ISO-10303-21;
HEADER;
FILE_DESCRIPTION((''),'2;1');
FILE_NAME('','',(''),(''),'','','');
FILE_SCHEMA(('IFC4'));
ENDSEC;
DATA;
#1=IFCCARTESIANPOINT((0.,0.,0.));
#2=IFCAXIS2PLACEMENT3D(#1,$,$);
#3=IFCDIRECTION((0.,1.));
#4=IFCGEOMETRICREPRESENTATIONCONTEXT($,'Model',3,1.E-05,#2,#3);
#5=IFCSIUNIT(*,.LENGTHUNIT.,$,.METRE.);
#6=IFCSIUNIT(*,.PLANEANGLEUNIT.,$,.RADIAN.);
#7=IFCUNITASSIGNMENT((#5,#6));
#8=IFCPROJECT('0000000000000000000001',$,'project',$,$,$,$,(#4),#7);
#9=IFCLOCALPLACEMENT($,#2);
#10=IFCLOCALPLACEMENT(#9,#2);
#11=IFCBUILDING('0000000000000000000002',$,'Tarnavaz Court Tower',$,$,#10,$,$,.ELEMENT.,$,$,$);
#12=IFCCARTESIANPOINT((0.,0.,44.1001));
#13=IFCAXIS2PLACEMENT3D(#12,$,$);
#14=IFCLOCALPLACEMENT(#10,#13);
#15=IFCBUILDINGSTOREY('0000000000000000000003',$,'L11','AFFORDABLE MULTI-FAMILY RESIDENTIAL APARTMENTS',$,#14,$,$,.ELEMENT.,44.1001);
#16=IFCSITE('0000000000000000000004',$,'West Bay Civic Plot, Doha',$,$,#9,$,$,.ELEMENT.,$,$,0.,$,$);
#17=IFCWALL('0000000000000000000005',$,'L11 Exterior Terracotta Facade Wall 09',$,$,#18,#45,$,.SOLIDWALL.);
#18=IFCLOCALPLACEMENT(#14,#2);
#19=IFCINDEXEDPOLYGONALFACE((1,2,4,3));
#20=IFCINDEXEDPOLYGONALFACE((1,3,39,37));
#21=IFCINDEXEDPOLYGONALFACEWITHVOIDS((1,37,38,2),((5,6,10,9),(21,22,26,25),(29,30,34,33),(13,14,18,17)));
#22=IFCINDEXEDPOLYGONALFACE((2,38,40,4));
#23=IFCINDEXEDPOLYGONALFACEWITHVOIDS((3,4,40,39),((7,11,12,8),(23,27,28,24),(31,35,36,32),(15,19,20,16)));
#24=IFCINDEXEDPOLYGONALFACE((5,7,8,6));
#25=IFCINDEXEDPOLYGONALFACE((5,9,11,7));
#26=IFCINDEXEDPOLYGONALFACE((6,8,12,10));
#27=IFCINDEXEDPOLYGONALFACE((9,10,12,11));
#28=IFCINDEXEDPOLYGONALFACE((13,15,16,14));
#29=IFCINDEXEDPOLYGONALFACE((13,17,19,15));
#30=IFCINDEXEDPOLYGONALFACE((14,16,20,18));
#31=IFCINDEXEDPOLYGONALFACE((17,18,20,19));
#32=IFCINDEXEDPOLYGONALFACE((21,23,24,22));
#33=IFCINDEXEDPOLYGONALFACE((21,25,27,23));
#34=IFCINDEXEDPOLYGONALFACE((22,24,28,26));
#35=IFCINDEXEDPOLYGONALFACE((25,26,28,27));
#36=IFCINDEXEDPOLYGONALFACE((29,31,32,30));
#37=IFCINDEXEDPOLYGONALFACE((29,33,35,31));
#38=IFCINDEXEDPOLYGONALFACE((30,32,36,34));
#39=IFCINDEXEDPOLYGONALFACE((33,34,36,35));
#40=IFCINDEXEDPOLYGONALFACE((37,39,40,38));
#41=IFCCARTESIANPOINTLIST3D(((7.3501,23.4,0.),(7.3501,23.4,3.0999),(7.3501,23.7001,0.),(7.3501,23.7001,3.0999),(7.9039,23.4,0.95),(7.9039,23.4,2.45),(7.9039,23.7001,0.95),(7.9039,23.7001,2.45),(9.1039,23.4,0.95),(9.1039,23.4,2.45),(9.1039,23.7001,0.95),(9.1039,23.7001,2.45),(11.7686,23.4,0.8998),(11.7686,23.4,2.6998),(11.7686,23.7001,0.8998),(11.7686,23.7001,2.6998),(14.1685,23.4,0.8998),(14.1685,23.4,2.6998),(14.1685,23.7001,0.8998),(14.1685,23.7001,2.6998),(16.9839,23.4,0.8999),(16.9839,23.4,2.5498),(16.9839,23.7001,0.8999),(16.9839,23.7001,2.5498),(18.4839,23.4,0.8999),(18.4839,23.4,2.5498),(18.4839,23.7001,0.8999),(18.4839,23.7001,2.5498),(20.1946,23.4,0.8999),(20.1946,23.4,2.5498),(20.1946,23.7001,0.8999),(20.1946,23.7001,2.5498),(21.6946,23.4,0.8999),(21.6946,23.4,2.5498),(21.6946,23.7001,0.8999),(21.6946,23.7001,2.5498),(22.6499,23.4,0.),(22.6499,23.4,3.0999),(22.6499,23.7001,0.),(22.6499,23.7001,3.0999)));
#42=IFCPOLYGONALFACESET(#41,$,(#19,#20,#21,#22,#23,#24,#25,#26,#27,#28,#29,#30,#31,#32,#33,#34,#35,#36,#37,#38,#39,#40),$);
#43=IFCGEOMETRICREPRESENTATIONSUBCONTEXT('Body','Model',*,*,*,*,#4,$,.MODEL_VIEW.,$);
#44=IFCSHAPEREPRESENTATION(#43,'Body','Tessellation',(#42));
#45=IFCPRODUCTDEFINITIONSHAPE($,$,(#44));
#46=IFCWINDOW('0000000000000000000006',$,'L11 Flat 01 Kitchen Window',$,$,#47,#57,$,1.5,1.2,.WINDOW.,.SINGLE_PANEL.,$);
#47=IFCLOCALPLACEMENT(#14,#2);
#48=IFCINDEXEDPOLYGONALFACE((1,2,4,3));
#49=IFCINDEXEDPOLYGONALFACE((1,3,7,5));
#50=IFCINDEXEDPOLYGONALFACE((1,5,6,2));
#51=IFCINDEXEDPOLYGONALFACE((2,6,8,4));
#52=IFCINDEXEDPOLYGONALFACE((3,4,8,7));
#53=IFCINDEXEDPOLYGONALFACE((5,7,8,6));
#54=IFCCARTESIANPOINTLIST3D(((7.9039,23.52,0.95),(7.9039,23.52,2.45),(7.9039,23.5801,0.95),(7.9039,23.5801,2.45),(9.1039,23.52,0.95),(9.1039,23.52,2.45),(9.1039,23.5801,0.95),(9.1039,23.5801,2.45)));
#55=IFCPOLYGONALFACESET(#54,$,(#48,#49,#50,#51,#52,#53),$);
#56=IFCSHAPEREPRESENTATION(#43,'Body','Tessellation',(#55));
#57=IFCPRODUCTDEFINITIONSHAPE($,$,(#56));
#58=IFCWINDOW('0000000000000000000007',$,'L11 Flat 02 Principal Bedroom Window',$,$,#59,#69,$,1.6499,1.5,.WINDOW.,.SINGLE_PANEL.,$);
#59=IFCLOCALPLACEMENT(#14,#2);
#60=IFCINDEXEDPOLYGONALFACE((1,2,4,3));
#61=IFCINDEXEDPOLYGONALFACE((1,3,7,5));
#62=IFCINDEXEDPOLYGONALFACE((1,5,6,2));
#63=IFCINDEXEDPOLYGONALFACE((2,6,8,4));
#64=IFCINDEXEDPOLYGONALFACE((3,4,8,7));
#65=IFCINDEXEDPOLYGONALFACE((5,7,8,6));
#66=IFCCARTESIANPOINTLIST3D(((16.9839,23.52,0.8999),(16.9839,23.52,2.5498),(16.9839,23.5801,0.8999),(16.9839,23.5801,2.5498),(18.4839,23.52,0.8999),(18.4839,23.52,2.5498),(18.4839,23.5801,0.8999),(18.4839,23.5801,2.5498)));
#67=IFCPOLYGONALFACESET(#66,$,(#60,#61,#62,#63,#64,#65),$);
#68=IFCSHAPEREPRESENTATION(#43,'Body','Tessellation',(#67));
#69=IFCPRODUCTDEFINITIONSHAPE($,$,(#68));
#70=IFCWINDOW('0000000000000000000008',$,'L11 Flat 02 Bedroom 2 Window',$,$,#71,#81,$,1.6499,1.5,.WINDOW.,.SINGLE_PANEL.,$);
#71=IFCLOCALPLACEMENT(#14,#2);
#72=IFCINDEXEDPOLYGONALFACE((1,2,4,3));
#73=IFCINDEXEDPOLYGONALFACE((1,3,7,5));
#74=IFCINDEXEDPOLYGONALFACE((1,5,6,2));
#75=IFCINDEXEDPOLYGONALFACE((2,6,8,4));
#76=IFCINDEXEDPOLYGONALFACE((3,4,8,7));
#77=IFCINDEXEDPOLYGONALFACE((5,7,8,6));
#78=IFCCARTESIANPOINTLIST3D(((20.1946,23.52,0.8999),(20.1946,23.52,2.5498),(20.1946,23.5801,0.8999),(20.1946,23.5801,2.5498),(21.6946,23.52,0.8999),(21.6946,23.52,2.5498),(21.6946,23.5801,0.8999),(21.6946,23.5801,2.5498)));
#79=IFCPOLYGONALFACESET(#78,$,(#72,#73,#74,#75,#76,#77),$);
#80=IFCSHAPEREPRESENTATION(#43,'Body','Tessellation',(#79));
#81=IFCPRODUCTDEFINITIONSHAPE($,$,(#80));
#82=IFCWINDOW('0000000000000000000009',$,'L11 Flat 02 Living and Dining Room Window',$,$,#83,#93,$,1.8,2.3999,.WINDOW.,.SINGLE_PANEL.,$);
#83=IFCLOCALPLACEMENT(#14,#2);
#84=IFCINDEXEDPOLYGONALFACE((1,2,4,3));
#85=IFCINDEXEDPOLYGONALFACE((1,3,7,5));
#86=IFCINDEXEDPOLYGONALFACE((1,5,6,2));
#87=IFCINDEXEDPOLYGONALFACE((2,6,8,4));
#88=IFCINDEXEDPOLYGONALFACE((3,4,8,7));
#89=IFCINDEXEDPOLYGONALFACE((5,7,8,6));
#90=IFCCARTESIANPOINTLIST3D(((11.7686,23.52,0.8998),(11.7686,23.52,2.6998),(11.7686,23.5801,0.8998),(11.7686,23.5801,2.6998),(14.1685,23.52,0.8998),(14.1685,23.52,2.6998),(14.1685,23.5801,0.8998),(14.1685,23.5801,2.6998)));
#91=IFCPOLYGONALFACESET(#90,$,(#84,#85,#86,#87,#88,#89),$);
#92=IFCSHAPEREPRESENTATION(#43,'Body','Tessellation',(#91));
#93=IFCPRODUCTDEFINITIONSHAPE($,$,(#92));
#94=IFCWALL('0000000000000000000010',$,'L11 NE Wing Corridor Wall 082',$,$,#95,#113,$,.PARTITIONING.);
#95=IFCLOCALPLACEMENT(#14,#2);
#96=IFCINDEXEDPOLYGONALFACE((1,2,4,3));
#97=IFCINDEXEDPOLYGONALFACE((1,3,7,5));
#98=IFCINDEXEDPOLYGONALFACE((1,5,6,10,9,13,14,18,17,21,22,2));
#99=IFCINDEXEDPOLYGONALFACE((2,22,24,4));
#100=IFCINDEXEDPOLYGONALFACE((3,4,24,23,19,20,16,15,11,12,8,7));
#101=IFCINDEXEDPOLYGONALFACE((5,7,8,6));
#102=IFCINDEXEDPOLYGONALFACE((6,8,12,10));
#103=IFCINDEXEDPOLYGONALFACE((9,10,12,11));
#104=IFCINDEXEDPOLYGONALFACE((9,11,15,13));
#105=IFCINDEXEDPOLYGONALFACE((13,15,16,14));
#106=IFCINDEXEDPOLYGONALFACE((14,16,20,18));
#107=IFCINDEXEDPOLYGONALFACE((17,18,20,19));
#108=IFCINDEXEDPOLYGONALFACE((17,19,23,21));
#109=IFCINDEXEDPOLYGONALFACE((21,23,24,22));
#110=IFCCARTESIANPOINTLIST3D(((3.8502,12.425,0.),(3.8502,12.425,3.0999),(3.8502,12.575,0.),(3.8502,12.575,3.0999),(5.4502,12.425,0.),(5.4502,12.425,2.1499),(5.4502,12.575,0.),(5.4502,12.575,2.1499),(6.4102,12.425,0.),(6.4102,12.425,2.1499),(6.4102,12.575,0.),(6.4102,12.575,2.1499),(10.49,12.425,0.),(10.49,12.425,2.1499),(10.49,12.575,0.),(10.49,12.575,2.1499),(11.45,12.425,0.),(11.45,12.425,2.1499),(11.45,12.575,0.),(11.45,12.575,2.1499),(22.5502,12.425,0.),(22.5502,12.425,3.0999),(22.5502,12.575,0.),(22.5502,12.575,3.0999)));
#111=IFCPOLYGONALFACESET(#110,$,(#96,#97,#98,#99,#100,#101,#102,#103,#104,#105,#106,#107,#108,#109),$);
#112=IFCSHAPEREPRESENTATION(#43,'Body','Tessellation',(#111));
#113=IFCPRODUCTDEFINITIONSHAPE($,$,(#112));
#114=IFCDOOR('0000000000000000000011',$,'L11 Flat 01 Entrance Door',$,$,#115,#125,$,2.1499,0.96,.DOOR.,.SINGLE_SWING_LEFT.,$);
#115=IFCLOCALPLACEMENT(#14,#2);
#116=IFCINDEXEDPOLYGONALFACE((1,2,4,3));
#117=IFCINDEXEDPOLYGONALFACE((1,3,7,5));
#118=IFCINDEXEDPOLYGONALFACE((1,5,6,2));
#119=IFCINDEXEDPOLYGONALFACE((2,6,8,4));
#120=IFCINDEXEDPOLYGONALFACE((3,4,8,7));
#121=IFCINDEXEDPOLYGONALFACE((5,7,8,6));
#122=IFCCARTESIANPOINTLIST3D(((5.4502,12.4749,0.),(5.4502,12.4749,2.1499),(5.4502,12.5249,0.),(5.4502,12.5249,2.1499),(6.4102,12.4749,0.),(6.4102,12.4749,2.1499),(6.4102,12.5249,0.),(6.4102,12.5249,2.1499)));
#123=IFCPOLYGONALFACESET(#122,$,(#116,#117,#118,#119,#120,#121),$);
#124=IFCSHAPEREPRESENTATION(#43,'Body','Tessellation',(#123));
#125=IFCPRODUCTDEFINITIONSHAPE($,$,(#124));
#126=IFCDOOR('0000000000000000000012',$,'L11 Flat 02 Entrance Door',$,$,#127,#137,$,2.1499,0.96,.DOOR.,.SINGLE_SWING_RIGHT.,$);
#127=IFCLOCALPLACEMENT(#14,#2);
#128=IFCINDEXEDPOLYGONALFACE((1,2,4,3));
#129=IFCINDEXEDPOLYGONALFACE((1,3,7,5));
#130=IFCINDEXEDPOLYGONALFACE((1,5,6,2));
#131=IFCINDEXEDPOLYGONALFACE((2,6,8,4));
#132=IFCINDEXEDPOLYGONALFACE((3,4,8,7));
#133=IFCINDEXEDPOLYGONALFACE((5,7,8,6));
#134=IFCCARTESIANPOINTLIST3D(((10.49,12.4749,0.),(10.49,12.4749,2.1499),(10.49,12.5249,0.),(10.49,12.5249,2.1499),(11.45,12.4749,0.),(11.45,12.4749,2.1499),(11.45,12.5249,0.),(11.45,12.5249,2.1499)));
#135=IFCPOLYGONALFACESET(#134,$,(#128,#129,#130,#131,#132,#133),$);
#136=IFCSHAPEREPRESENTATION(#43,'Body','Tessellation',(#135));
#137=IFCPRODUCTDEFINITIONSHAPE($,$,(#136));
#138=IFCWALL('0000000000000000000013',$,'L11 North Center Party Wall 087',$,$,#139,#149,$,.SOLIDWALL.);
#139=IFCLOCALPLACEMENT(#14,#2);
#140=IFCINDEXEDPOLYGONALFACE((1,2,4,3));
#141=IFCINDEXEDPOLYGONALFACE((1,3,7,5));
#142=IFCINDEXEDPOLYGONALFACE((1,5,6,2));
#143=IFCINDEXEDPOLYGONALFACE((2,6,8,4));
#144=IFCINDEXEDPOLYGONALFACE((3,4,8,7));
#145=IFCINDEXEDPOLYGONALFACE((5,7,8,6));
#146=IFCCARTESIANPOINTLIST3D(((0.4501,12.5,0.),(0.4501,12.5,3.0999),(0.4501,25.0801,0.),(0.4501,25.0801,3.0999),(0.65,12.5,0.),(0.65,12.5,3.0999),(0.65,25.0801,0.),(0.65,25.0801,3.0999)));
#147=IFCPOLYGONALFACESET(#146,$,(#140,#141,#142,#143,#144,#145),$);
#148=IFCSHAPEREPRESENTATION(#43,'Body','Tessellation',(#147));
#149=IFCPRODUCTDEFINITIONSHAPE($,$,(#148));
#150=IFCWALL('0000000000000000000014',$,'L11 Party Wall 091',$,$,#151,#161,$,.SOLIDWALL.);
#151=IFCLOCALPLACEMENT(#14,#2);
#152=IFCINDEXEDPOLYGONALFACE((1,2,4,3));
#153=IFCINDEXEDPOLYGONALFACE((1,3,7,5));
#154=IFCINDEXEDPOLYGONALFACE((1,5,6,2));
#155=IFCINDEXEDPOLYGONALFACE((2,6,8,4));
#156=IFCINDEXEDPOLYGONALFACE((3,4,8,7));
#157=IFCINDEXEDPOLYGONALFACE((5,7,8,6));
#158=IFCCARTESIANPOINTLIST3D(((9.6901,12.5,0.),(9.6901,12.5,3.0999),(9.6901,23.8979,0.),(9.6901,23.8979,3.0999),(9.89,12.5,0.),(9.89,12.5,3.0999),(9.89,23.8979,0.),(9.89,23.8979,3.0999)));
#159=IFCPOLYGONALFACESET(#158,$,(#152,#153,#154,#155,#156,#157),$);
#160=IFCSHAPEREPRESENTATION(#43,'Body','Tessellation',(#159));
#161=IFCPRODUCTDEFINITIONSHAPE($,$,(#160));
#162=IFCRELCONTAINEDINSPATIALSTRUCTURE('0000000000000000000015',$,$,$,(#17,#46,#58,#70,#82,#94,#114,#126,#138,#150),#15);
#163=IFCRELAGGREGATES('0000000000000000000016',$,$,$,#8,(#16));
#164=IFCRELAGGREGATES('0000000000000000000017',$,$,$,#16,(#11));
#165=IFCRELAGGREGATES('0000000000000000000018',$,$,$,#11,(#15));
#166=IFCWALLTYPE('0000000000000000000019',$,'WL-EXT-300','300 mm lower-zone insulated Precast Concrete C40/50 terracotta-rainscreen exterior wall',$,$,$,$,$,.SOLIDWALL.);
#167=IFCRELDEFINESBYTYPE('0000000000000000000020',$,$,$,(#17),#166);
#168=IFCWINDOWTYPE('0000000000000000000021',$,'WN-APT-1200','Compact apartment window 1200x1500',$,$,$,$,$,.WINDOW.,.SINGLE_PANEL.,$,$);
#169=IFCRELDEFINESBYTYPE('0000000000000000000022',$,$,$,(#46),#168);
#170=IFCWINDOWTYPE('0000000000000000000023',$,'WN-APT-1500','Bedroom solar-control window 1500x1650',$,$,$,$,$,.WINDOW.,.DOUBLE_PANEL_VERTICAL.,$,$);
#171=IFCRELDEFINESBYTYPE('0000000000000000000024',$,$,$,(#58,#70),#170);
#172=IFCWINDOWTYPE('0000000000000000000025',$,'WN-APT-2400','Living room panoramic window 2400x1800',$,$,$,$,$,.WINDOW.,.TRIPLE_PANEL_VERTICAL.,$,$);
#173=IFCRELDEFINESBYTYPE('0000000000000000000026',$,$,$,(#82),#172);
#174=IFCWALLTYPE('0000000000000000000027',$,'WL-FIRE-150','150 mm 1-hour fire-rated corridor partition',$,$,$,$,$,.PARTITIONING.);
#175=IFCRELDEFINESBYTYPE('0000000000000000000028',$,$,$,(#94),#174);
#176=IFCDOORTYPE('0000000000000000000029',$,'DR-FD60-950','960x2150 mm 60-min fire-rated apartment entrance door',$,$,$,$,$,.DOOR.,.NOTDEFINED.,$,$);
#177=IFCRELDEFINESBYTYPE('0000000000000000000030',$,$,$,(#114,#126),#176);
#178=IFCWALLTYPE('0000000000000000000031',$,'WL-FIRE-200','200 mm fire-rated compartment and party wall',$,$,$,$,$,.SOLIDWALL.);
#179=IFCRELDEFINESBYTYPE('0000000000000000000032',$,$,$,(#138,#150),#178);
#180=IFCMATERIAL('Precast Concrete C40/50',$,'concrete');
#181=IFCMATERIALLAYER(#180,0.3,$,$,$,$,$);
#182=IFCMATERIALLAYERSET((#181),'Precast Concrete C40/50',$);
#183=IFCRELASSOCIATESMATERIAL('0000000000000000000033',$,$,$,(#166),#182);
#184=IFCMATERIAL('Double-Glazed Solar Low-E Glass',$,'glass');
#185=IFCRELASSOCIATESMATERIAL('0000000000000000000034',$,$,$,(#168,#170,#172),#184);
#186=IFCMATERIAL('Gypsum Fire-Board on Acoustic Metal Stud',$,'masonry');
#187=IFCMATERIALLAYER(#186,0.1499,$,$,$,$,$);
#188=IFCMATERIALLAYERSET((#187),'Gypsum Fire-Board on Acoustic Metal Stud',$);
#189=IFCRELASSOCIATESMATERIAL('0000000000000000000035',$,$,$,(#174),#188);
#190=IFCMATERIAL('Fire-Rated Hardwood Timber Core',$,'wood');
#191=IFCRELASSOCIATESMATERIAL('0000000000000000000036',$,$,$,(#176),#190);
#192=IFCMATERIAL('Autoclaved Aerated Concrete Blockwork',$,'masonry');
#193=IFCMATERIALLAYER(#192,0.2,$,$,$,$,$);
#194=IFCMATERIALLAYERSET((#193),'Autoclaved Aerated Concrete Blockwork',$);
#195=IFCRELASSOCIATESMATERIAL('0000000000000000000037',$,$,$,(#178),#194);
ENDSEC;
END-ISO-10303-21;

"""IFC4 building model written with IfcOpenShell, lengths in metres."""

from ifc_helpers import new_model, si_unit, direction, frame, frame_2d, origin, place, context, subcontext, project, spatial, rectangle, extrude, material, layer, layer_set, type_object, element, fill, save


model = new_model("IFC4")

# Units and contexts
model_context = context("Model", 3, precision=1e-05, world=origin(), true_north=direction((0.0, 1.0)))
body_context = subcontext(model_context, "Body", "Model", "MODEL_VIEW")
ifc_project = project(units=[si_unit("LENGTHUNIT", "METRE"), si_unit("PLANEANGLEUNIT", "RADIAN")], contexts=[model_context])

# Site, building, storey
site_placement = place(None, origin())
site = spatial("IfcSite", under=ifc_project, at=site_placement, Name="West Bay Civic Plot, Doha", CompositionType="ELEMENT", RefElevation=0.0)
building_placement = place(site_placement, origin())
building = spatial("IfcBuilding", under=site, at=building_placement, Name="Tarnavaz Court Tower", CompositionType="ELEMENT")
storey_placement = place(building_placement, frame((0.0, 0.0, 44.1001)))
storey = spatial("IfcBuildingStorey", under=building, at=storey_placement, Name="L11", Description="AFFORDABLE MULTI-FAMILY RESIDENTIAL APARTMENTS", CompositionType="ELEMENT", Elevation=44.1001)

# Shared definitions
ifc_material_1 = material(Name="Double-Glazed Solar Low-E Glass", Category="glass")

# Shared definitions
ifc_material_2 = material(Name="Precast Concrete C40/50", Category="concrete")
ifc_layer_1 = layer(ifc_material_2, 0.3)
ifc_layer_set_1 = layer_set([ifc_layer_1], Name="Precast Concrete C40/50")
wall_type_1 = type_object("IfcWallType", Name="WL-EXT-300", Description="300 mm lower-zone insulated Precast Concrete C40/50 terracotta-rainscreen exterior wall", PredefinedType="SOLIDWALL", material=ifc_layer_set_1)
window_type_1 = type_object("IfcWindowType", Name="WN-APT-1200", Description="Compact apartment window 1200x1500", PartitioningType="SINGLE_PANEL", PredefinedType="WINDOW", material=ifc_material_1)

# Wall, openings, windows
wall_1_placement = place(storey_placement, frame((7.3501, 23.55, 0.0), z_axis=(0.0, 0.0, 1.0), x_axis=(1.0, 0.0, 0.0)))
wall_1 = element("IfcWall", 1, at=wall_1_placement, inside=storey, type_object=wall_type_1, Name="L11 Exterior Terracotta Facade Wall 09", PredefinedType="SOLIDWALL", context=body_context, shape_type="SweptSolid", body=[
    extrude(rectangle(XDim=15.2998, YDim=0.3, at=frame_2d((7.6499, 0.0))), origin(), (0.0, 0.0, 1.0), 3.0999),
])
opening_1_placement = place(wall_1_placement, frame((0.5537, 0.0, 0.95)))
opening_1 = element("IfcOpeningElement", 2, at=opening_1_placement, cuts=wall_1, PredefinedType="OPENING", context=body_context, shape_type="SweptSolid", body=[
    extrude(rectangle(XDim=1.2, YDim=1.5, at=frame_2d((0.6001, 0.75))), frame((0.0, 0.1599, 0.0), z_axis=(0.0, -1.0, 0.0), x_axis=(1.0, 0.0, 0.0)), (0.0, 0.0, 1.0), 0.3201),
])
opening_2_placement = place(wall_1_placement, frame((4.4185, 0.0, 0.8999)))
opening_2 = element("IfcOpeningElement", 3, at=opening_2_placement, cuts=wall_1, PredefinedType="OPENING", context=body_context, shape_type="SweptSolid", body=[
    extrude(rectangle(XDim=2.3999, YDim=1.8, at=frame_2d((1.2, 0.8999))), frame((0.0, 0.1599, 0.0), z_axis=(0.0, -1.0, 0.0), x_axis=(1.0, 0.0, 0.0)), (0.0, 0.0, 1.0), 0.3201),
])
opening_3_placement = place(wall_1_placement, frame((9.6338, 0.0, 0.8999)))
opening_3 = element("IfcOpeningElement", 4, at=opening_3_placement, cuts=wall_1, PredefinedType="OPENING", context=body_context, shape_type="SweptSolid", body=[
    extrude(rectangle(XDim=1.5, YDim=1.6499, at=frame_2d((0.75, 0.825))), frame((0.0, 0.1599, 0.0), z_axis=(0.0, -1.0, 0.0), x_axis=(1.0, 0.0, 0.0)), (0.0, 0.0, 1.0), 0.3201),
])
opening_4_placement = place(wall_1_placement, frame((12.8445, 0.0, 0.8999)))
opening_4 = element("IfcOpeningElement", 5, at=opening_4_placement, cuts=wall_1, PredefinedType="OPENING", context=body_context, shape_type="SweptSolid", body=[
    extrude(rectangle(XDim=1.5, YDim=1.6499, at=frame_2d((0.75, 0.825))), frame((0.0, 0.1599, 0.0), z_axis=(0.0, -1.0, 0.0), x_axis=(1.0, 0.0, 0.0)), (0.0, 0.0, 1.0), 0.3201),
])
window_1_placement = place(opening_1_placement, origin())
window_1 = element("IfcWindow", 6, at=window_1_placement, inside=storey, type_object=window_type_1, Name="L11 Flat 01 Kitchen Window", OverallHeight=1.5, OverallWidth=1.2, PartitioningType="SINGLE_PANEL", PredefinedType="WINDOW", context=body_context, shape_type="SweptSolid", body=[
    extrude(rectangle(XDim=1.2, YDim=1.5, at=frame_2d((0.6001, 0.75))), frame((0.0, 0.03, 0.0), z_axis=(0.0, -1.0, 0.0), x_axis=(1.0, 0.0, 0.0)), (0.0, 0.0, 1.0), 0.0601),
])
fill(opening_1, window_1)
window_type_2 = type_object("IfcWindowType", Name="WN-APT-1500", Description="Bedroom solar-control window 1500x1650", PartitioningType="DOUBLE_PANEL_VERTICAL", PredefinedType="WINDOW", material=ifc_material_1)
window_2_placement = place(opening_3_placement, origin())
window_2 = element("IfcWindow", 7, at=window_2_placement, inside=storey, type_object=window_type_2, Name="L11 Flat 02 Principal Bedroom Window", OverallHeight=1.6499, OverallWidth=1.5, PartitioningType="SINGLE_PANEL", PredefinedType="WINDOW", context=body_context, shape_type="SweptSolid", body=[
    extrude(rectangle(XDim=1.5, YDim=1.6499, at=frame_2d((0.75, 0.825))), frame((0.0, 0.03, 0.0), z_axis=(0.0, -1.0, 0.0), x_axis=(1.0, 0.0, 0.0)), (0.0, 0.0, 1.0), 0.0601),
])
fill(opening_3, window_2)
window_3_placement = place(opening_4_placement, origin())
window_3 = element("IfcWindow", 8, at=window_3_placement, inside=storey, type_object=window_type_2, Name="L11 Flat 02 Bedroom 2 Window", OverallHeight=1.6499, OverallWidth=1.5, PartitioningType="SINGLE_PANEL", PredefinedType="WINDOW", context=body_context, shape_type="SweptSolid", body=[
    extrude(rectangle(XDim=1.5, YDim=1.6499, at=frame_2d((0.75, 0.825))), frame((0.0, 0.03, 0.0), z_axis=(0.0, -1.0, 0.0), x_axis=(1.0, 0.0, 0.0)), (0.0, 0.0, 1.0), 0.0601),
])
fill(opening_4, window_3)
window_type_3 = type_object("IfcWindowType", Name="WN-APT-2400", Description="Living room panoramic window 2400x1800", PartitioningType="TRIPLE_PANEL_VERTICAL", PredefinedType="WINDOW", material=ifc_material_1)
window_4_placement = place(opening_2_placement, origin())
window_4 = element("IfcWindow", 9, at=window_4_placement, inside=storey, type_object=window_type_3, Name="L11 Flat 02 Living and Dining Room Window", OverallHeight=1.8, OverallWidth=2.3999, PartitioningType="SINGLE_PANEL", PredefinedType="WINDOW", context=body_context, shape_type="SweptSolid", body=[
    extrude(rectangle(XDim=2.3999, YDim=1.8, at=frame_2d((1.2, 0.8999))), frame((0.0, 0.03, 0.0), z_axis=(0.0, -1.0, 0.0), x_axis=(1.0, 0.0, 0.0)), (0.0, 0.0, 1.0), 0.0601),
])
fill(opening_2, window_4)

# Wall, openings, doors
ifc_material_3 = material(Name="Gypsum Fire-Board on Acoustic Metal Stud", Category="masonry")
ifc_layer_2 = layer(ifc_material_3, 0.1499)
ifc_layer_set_2 = layer_set([ifc_layer_2], Name="Gypsum Fire-Board on Acoustic Metal Stud")
wall_type_2 = type_object("IfcWallType", Name="WL-FIRE-150", Description="150 mm 1-hour fire-rated corridor partition", PredefinedType="PARTITIONING", material=ifc_layer_set_2)
wall_2_placement = place(storey_placement, frame((3.8501, 12.5, 0.0), z_axis=(0.0, 0.0, 1.0), x_axis=(1.0, 0.0, 0.0)))
wall_2 = element("IfcWall", 10, at=wall_2_placement, inside=storey, type_object=wall_type_2, Name="L11 NE Wing Corridor Wall 082", PredefinedType="PARTITIONING", context=body_context, shape_type="SweptSolid", body=[
    extrude(rectangle(XDim=18.7, YDim=0.1499, at=frame_2d((9.3501, 0.0))), origin(), (0.0, 0.0, 1.0), 3.0999),
])
opening_5_placement = place(wall_2_placement, frame((1.6001, 0.0, 0.0)))
opening_5 = element("IfcOpeningElement", 11, at=opening_5_placement, cuts=wall_2, PredefinedType="OPENING", context=body_context, shape_type="SweptSolid", body=[
    extrude(rectangle(XDim=0.96, YDim=2.1499, at=frame_2d((0.48, 1.075))), frame((0.0, 0.085, 0.0), z_axis=(0.0, -1.0, 0.0), x_axis=(1.0, 0.0, 0.0)), (0.0, 0.0, 1.0), 0.1699),
])
opening_6_placement = place(wall_2_placement, frame((6.6399, 0.0, 0.0)))
opening_6 = element("IfcOpeningElement", 12, at=opening_6_placement, cuts=wall_2, PredefinedType="OPENING", context=body_context, shape_type="SweptSolid", body=[
    extrude(rectangle(XDim=0.96, YDim=2.1499, at=frame_2d((0.48, 1.075))), frame((0.0, 0.085, 0.0), z_axis=(0.0, -1.0, 0.0), x_axis=(1.0, 0.0, 0.0)), (0.0, 0.0, 1.0), 0.1699),
])
ifc_material_4 = material(Name="Fire-Rated Hardwood Timber Core", Category="wood")
door_type_1 = type_object("IfcDoorType", Name="DR-FD60-950", Description="960x2150 mm 60-min fire-rated apartment entrance door", OperationType="NOTDEFINED", PredefinedType="DOOR", material=ifc_material_4)
door_1_placement = place(opening_5_placement, origin())
door_1 = element("IfcDoor", 13, at=door_1_placement, inside=storey, type_object=door_type_1, Name="L11 Flat 01 Entrance Door", OperationType="SINGLE_SWING_LEFT", OverallHeight=2.1499, OverallWidth=0.96, PredefinedType="DOOR", context=body_context, shape_type="SweptSolid", body=[
    extrude(rectangle(XDim=0.96, YDim=2.1499, at=frame_2d((0.48, 1.075))), frame((0.0, 0.0249, 0.0), z_axis=(0.0, -1.0, 0.0), x_axis=(1.0, 0.0, 0.0)), (0.0, 0.0, 1.0), 0.05),
])
fill(opening_5, door_1)
door_2_placement = place(opening_6_placement, origin())
door_2 = element("IfcDoor", 14, at=door_2_placement, inside=storey, type_object=door_type_1, Name="L11 Flat 02 Entrance Door", OperationType="SINGLE_SWING_RIGHT", OverallHeight=2.1499, OverallWidth=0.96, PredefinedType="DOOR", context=body_context, shape_type="SweptSolid", body=[
    extrude(rectangle(XDim=0.96, YDim=2.1499, at=frame_2d((0.48, 1.075))), frame((0.0, 0.0249, 0.0), z_axis=(0.0, -1.0, 0.0), x_axis=(1.0, 0.0, 0.0)), (0.0, 0.0, 1.0), 0.05),
])
fill(opening_6, door_2)

# Walls
ifc_material_5 = material(Name="Autoclaved Aerated Concrete Blockwork", Category="masonry")
ifc_layer_3 = layer(ifc_material_5, 0.2)
ifc_layer_set_3 = layer_set([ifc_layer_3], Name="Autoclaved Aerated Concrete Blockwork")
wall_type_3 = type_object("IfcWallType", Name="WL-FIRE-200", Description="200 mm fire-rated compartment and party wall", PredefinedType="SOLIDWALL", material=ifc_layer_set_3)
wall_3_placement = place(storey_placement, frame((0.55, 12.5, 0.0), z_axis=(0.0, 0.0, 1.0), x_axis=(0.0, 1.0, 0.0)))
element("IfcWall", 15, at=wall_3_placement, inside=storey, type_object=wall_type_3, Name="L11 North Center Party Wall 087", PredefinedType="SOLIDWALL", context=body_context, shape_type="SweptSolid", body=[
    extrude(rectangle(XDim=12.5801, YDim=0.2, at=frame_2d((6.29, 0.0))), origin(), (0.0, 0.0, 1.0), 3.0999),
])
wall_4_placement = place(storey_placement, frame((9.79, 12.5, 0.0), z_axis=(0.0, 0.0, 1.0), x_axis=(0.0, 1.0, 0.0)))
element("IfcWall", 16, at=wall_4_placement, inside=storey, type_object=wall_type_3, Name="L11 Party Wall 091", PredefinedType="SOLIDWALL", context=body_context, shape_type="SweptSolid", body=[
    extrude(rectangle(XDim=11.3979, YDim=0.2, at=frame_2d((5.699, 0.0))), origin(), (0.0, 0.0, 1.0), 3.0999),
])

save(model, "model.ifc")
